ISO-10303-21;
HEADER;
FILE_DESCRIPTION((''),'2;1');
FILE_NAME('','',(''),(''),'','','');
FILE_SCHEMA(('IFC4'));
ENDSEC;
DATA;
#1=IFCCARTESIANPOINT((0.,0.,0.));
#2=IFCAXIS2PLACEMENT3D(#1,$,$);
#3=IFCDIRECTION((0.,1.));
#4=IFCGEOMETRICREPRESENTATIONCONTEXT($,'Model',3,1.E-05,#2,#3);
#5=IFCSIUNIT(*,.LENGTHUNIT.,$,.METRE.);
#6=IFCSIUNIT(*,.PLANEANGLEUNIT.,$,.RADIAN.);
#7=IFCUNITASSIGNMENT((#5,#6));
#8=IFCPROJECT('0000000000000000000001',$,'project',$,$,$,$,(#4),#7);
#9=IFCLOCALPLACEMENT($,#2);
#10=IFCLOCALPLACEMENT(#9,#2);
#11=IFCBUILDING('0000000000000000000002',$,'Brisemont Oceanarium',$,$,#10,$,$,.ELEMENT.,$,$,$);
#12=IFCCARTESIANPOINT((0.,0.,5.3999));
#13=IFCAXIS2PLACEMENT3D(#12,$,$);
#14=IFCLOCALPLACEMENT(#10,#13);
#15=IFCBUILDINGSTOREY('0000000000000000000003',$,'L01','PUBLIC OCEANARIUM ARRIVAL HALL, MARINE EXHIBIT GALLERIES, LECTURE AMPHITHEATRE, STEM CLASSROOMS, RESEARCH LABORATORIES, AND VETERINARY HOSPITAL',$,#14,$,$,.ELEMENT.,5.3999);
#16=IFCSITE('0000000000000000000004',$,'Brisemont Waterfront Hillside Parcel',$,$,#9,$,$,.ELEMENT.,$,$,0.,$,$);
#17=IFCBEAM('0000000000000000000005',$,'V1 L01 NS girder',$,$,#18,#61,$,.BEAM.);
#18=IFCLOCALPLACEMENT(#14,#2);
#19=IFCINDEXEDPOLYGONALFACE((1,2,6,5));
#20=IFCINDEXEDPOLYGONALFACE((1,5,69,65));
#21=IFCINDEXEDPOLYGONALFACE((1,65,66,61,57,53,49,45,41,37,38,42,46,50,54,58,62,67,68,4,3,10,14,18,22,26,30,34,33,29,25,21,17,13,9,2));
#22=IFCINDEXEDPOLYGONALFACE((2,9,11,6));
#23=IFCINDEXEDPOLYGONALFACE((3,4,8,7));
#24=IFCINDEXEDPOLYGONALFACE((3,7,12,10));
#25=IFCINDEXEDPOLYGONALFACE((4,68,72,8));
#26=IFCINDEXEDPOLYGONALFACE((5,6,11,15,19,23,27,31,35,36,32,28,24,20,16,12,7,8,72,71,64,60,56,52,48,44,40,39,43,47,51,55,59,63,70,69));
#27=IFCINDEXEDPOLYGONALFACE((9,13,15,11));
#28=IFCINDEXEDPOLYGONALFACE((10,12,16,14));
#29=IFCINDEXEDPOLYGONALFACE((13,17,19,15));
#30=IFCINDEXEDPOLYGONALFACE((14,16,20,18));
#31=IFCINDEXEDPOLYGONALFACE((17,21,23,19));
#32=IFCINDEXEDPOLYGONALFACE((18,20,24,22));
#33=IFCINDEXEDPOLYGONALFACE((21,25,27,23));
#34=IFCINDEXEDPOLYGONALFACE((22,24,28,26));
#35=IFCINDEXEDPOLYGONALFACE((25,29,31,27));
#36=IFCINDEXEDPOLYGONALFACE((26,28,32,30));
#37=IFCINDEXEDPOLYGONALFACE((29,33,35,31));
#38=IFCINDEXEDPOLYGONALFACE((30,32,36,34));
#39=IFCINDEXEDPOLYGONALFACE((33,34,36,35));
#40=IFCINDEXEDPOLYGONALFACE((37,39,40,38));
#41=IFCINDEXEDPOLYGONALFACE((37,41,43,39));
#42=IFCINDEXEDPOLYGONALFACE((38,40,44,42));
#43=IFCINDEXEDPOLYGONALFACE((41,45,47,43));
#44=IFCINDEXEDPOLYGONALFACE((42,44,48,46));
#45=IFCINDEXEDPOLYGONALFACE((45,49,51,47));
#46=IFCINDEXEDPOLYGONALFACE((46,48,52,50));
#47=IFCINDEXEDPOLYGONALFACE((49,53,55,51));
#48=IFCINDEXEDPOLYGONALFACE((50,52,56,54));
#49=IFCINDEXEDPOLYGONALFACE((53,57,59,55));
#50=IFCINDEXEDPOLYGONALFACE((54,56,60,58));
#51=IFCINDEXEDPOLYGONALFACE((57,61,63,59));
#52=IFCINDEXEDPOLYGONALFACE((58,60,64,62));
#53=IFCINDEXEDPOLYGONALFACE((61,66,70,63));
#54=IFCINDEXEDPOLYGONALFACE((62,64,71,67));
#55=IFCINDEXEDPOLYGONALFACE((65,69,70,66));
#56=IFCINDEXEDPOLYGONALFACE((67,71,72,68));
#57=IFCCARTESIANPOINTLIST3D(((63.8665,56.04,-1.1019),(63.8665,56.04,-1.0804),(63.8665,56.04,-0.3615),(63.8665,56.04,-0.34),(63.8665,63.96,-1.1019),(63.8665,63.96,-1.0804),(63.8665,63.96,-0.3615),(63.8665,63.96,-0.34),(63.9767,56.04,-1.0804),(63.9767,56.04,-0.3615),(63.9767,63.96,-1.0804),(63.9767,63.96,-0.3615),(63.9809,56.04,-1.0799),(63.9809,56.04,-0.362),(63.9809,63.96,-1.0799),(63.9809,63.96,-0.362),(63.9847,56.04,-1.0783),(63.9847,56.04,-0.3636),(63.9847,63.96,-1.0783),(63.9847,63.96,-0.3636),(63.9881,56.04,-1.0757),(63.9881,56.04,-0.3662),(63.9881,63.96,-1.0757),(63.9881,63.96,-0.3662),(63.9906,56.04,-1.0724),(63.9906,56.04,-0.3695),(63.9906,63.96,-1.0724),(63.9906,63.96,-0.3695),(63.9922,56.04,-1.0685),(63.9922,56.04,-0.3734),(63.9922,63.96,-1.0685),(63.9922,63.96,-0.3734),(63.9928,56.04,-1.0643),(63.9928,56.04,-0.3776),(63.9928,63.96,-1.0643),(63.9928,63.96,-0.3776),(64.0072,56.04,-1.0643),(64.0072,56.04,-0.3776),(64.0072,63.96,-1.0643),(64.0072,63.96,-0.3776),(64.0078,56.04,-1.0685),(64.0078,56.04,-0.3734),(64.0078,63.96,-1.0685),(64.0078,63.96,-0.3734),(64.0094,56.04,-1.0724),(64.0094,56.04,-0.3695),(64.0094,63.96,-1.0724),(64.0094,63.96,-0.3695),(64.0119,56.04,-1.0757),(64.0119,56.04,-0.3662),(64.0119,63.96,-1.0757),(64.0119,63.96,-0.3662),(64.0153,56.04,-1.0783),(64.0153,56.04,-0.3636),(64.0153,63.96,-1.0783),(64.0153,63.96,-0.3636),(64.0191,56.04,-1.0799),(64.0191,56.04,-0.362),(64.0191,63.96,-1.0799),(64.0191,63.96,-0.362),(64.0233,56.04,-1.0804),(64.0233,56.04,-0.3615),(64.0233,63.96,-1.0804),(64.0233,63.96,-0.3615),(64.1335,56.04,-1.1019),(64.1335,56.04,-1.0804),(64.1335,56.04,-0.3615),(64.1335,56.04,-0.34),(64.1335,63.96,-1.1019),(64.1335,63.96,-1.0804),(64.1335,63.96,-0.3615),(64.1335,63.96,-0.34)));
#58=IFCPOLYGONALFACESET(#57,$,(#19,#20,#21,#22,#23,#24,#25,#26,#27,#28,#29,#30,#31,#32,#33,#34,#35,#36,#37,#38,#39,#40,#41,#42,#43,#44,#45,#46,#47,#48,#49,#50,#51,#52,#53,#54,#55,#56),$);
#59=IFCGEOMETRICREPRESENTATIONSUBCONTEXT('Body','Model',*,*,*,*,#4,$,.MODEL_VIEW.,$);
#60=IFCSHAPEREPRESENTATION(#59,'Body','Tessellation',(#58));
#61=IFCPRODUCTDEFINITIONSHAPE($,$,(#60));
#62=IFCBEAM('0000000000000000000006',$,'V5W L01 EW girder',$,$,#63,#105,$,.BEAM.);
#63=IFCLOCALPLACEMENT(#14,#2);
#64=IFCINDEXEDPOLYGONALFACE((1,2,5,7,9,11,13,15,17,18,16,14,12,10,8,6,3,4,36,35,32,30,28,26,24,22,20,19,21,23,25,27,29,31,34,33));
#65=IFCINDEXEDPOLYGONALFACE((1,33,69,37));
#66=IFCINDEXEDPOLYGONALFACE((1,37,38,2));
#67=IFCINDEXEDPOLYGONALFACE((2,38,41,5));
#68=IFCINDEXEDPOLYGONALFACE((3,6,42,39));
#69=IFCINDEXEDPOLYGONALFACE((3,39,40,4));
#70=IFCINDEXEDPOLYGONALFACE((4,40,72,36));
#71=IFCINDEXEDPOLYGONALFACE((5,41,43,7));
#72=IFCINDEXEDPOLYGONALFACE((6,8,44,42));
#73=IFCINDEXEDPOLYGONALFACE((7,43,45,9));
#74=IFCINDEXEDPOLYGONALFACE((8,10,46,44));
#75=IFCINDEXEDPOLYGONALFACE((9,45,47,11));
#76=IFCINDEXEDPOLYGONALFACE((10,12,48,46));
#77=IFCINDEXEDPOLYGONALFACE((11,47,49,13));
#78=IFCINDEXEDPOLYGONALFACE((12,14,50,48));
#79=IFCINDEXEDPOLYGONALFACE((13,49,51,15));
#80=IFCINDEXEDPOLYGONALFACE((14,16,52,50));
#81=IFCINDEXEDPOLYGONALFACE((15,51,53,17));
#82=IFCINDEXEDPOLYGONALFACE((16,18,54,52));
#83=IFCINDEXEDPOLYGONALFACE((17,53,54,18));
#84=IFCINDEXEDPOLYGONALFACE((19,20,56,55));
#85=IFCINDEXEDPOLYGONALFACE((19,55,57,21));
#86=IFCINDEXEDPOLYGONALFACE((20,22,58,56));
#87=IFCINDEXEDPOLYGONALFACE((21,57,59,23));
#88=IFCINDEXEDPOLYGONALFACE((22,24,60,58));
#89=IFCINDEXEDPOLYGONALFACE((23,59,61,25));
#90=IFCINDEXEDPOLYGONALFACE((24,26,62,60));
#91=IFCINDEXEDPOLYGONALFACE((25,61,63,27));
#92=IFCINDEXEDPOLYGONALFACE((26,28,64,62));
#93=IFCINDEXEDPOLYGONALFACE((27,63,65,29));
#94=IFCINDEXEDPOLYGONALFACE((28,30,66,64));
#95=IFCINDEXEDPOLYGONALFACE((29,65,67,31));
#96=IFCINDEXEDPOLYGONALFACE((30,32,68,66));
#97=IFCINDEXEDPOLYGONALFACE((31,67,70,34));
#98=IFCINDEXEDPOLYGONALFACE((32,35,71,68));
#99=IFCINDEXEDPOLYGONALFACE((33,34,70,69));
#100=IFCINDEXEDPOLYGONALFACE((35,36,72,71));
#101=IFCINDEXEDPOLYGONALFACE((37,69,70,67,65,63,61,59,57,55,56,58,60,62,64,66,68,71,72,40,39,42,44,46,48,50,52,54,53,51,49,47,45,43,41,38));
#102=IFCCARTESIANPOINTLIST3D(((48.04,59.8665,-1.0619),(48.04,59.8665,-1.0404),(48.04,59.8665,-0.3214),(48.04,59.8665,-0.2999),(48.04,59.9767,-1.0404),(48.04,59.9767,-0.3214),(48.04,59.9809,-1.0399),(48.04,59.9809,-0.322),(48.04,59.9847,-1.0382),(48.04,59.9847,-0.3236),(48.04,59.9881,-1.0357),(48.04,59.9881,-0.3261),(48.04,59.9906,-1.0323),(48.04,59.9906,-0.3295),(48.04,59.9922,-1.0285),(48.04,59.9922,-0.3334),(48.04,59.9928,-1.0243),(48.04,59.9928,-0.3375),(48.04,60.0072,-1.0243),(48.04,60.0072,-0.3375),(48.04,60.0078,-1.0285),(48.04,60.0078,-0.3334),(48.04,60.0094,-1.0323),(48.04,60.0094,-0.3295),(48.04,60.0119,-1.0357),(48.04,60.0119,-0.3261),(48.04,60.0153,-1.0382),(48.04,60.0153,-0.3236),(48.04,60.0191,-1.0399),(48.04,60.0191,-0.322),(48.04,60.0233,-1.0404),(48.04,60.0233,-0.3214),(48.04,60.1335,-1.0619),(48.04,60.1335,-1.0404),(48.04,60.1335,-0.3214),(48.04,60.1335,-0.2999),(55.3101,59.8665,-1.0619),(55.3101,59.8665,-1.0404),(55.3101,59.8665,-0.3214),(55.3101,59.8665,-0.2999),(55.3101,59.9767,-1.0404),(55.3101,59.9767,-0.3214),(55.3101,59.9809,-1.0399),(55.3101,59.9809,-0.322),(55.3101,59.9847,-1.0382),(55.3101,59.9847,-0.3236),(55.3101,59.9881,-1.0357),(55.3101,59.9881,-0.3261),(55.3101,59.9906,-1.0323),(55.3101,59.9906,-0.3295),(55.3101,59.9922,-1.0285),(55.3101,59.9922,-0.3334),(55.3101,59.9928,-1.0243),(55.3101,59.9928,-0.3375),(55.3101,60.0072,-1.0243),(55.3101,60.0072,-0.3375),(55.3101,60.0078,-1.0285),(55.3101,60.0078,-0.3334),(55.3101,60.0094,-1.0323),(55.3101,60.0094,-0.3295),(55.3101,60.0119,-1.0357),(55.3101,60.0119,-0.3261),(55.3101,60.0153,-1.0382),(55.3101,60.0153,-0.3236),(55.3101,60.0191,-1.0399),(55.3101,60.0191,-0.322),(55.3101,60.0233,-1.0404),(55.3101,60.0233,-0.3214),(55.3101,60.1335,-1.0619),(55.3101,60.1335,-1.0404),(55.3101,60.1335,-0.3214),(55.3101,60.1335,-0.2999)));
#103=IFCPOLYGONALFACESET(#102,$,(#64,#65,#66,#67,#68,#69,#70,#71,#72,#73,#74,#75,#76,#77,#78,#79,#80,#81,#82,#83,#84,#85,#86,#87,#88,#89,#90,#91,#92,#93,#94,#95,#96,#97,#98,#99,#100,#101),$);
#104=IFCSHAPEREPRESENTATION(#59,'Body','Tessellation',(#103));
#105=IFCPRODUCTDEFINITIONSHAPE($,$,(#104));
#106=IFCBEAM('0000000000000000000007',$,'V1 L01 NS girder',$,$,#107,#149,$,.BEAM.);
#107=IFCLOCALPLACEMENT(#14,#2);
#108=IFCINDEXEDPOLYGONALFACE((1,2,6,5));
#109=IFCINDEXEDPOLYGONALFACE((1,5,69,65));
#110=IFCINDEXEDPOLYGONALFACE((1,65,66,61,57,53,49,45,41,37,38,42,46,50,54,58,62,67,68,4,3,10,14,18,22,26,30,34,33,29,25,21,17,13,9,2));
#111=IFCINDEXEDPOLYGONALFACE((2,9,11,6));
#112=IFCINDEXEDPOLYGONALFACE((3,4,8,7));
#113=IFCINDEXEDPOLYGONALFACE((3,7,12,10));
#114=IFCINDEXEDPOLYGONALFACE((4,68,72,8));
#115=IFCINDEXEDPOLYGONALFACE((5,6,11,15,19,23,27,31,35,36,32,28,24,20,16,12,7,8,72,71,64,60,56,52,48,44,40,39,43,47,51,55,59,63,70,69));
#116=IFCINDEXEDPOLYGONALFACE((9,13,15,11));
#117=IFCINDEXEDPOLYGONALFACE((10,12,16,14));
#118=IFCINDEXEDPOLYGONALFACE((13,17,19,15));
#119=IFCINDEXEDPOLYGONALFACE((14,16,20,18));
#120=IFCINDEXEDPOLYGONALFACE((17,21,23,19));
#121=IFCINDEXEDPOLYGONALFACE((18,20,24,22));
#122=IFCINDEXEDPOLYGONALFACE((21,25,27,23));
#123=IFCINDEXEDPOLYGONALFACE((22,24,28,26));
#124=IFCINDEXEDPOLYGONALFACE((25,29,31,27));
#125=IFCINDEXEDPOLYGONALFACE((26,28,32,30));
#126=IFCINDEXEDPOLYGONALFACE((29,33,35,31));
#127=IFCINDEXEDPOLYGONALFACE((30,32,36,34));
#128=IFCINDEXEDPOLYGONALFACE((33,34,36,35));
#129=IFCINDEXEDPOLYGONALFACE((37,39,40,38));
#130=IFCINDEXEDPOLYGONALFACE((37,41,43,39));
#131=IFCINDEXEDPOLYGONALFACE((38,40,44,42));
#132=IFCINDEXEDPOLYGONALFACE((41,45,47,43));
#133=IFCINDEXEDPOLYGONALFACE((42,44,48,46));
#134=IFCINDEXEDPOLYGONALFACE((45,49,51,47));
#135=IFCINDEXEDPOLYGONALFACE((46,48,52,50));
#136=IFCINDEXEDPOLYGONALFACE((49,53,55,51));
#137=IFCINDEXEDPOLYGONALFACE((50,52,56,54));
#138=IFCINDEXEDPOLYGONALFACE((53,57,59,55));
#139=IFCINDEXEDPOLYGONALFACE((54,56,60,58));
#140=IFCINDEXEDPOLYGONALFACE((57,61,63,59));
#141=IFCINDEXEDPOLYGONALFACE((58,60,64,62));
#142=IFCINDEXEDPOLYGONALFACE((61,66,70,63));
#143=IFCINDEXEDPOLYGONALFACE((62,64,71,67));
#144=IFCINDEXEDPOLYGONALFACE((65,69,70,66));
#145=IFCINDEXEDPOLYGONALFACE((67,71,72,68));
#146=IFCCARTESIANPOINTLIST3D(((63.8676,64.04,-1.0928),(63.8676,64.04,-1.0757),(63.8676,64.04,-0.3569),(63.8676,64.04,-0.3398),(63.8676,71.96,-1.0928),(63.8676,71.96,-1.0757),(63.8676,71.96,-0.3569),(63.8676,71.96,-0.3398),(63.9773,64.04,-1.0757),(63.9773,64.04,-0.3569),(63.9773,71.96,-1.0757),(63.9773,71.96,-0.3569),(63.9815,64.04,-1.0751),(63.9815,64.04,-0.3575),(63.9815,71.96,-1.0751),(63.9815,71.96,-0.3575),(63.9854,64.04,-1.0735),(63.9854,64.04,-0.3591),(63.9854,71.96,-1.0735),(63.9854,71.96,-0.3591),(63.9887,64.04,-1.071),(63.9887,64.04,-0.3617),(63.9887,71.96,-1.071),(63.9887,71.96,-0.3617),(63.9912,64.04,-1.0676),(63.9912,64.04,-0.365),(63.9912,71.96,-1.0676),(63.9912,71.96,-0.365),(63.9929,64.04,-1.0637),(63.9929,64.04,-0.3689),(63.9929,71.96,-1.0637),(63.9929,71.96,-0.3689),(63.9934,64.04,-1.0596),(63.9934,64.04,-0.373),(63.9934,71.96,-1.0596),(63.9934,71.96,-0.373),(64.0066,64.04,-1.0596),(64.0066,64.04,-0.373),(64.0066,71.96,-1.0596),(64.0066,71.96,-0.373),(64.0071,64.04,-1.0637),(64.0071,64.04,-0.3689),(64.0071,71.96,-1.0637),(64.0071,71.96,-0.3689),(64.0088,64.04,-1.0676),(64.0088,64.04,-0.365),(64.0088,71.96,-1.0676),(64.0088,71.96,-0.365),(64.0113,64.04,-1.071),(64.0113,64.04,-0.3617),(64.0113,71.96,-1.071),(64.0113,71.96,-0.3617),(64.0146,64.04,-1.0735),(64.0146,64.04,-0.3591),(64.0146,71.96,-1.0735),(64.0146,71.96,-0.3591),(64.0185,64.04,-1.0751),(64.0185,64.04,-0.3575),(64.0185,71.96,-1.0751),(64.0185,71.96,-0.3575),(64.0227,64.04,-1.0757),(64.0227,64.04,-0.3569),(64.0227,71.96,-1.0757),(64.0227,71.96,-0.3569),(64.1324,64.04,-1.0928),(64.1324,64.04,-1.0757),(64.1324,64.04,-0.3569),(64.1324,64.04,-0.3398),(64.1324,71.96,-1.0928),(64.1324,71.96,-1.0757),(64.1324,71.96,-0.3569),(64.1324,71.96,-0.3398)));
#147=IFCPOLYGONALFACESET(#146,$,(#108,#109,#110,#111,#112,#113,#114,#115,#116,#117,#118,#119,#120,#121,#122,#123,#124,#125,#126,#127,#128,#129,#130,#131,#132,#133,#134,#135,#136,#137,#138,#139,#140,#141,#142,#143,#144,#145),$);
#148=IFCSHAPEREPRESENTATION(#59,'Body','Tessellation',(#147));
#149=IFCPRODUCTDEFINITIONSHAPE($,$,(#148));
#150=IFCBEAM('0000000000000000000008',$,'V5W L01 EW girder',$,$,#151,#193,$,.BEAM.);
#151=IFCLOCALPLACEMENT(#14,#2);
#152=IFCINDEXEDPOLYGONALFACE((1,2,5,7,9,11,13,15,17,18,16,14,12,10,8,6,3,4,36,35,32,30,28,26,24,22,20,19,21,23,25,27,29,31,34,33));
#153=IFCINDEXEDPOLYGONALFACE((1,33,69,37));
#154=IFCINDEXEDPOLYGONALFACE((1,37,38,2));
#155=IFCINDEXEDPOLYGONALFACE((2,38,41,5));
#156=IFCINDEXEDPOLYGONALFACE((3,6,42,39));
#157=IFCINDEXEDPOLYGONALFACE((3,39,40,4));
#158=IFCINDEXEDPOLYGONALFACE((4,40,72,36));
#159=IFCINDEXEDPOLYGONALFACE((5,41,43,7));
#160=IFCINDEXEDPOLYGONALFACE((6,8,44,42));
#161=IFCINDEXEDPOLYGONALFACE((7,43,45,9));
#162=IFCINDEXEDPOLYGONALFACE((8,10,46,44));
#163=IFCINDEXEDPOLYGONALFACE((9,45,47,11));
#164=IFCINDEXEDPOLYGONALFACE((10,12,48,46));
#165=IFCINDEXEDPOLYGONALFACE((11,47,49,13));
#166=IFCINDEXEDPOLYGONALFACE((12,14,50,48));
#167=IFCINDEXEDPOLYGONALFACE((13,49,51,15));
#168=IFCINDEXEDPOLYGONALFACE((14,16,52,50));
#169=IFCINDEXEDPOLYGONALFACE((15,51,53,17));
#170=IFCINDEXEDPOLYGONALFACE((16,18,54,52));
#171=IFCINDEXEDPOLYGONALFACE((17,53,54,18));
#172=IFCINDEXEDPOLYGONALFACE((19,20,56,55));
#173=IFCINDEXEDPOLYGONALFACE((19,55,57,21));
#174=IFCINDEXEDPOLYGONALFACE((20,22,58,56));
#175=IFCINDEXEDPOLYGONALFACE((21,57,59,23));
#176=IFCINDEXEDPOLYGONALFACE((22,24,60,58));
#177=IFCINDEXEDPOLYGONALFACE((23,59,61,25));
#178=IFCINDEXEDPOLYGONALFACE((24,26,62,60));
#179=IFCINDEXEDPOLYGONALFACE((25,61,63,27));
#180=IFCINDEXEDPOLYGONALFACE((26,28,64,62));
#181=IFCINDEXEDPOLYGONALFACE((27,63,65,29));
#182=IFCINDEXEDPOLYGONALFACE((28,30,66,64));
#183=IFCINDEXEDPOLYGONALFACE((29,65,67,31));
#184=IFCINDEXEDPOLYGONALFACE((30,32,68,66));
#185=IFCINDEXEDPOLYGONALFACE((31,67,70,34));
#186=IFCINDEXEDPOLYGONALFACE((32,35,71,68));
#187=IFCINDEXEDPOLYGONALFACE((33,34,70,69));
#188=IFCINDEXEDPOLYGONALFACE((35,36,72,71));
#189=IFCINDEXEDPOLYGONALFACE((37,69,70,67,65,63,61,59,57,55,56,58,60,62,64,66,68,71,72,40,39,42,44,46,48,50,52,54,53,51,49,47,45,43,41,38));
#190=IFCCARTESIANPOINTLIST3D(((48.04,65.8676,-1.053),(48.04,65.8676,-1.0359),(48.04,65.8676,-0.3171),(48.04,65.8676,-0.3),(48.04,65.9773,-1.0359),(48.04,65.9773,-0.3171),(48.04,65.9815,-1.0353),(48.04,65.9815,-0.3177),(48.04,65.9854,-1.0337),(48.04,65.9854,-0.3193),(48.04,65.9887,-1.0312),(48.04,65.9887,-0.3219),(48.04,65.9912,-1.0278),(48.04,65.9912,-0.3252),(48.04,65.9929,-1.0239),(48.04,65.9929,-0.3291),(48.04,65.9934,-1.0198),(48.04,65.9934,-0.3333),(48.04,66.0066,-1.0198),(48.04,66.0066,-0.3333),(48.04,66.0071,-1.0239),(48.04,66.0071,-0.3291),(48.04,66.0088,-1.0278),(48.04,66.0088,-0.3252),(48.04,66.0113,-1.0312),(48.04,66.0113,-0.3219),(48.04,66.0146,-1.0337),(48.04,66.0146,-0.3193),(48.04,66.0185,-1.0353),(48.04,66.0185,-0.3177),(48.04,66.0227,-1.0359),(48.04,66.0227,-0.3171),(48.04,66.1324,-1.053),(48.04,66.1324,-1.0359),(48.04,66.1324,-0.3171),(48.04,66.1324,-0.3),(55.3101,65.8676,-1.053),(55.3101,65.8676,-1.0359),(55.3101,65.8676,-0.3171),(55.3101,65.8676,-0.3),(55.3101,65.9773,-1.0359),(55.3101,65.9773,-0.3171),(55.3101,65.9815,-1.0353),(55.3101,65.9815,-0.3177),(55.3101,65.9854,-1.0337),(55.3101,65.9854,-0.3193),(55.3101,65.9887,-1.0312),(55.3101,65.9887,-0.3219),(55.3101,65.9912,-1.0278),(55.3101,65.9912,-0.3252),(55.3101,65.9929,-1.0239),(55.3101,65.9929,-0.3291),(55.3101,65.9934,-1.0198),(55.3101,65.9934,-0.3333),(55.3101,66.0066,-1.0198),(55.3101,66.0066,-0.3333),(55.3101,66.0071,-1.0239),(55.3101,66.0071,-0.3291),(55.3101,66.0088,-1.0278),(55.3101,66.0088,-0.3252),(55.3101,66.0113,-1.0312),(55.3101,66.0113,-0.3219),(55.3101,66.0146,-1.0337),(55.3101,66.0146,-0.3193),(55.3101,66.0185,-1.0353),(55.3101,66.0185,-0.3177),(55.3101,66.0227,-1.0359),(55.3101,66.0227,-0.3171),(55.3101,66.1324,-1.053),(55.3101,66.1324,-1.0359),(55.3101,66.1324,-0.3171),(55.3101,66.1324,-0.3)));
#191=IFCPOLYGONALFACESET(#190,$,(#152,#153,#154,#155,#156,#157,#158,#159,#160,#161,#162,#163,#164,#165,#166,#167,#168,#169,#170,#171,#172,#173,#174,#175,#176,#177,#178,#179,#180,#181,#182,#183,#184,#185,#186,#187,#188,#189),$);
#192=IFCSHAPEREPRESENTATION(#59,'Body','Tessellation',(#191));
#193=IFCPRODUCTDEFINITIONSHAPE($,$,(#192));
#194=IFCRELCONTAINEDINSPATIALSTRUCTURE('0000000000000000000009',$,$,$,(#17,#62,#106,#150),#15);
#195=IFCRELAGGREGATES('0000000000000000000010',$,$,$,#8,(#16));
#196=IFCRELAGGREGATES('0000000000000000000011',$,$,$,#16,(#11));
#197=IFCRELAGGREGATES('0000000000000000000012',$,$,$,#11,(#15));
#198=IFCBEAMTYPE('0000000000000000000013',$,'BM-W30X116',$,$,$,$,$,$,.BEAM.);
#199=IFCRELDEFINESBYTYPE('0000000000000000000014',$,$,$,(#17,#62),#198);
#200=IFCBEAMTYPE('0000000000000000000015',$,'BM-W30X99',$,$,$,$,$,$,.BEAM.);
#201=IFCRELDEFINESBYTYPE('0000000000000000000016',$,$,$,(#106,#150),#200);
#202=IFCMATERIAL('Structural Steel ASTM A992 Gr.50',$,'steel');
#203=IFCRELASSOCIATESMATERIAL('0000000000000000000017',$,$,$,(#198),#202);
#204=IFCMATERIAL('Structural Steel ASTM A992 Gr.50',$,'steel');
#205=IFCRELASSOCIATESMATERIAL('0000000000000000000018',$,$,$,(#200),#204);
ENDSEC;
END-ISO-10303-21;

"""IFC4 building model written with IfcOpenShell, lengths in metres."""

from ifc_helpers import new_model, si_unit, direction, frame, origin, origin_2d, place, context, subcontext, project, spatial, i_section, extrude, material, material_profile, profile_set, type_object, element, save


model = new_model("IFC4")

# Units and contexts
model_context = context("Model", 3, precision=1e-05, world=origin(), true_north=direction((0.0, 1.0)))
body_context = subcontext(model_context, "Body", "Model", "MODEL_VIEW")
ifc_project = project(units=[si_unit("LENGTHUNIT", "METRE"), si_unit("PLANEANGLEUNIT", "RADIAN")], contexts=[model_context])

# Site, building, storey
site_placement = place(None, origin())
site = spatial("IfcSite", under=ifc_project, at=site_placement, Name="Brisemont Waterfront Hillside Parcel", CompositionType="ELEMENT", RefElevation=0.0)
building_placement = place(site_placement, origin())
building = spatial("IfcBuilding", under=site, at=building_placement, Name="Brisemont Oceanarium", CompositionType="ELEMENT")
storey_placement = place(building_placement, frame((0.0, 0.0, 5.3999)))
storey = spatial("IfcBuildingStorey", under=building, at=storey_placement, Name="L01", Description="PUBLIC OCEANARIUM ARRIVAL HALL, MARINE EXHIBIT GALLERIES, LECTURE AMPHITHEATRE, STEM CLASSROOMS, RESEARCH LABORATORIES, AND VETERINARY HOSPITAL", CompositionType="ELEMENT", Elevation=5.3999)

# Beams
ifc_material_1 = material(Name="Structural Steel ASTM A992 Gr.50", Category="steel")
ifc_material_profile_1 = material_profile(ifc_material_1, i_section(OverallWidth=0.2671, OverallDepth=0.762, WebThickness=0.0144, FlangeThickness=0.0215, FilletRadius=0.0161, at=origin_2d()), Name="W30X116")
ifc_profile_set_1 = profile_set([ifc_material_profile_1], Name="Structural Steel ASTM A992 Gr.50")
beam_type_1 = type_object("IfcBeamType", Name="BM-W30X116", PredefinedType="BEAM", material=ifc_profile_set_1)
beam_1_placement = place(storey_placement, frame((64.0, 56.04, -0.7209), z_axis=(0.0, 1.0, 0.0), x_axis=(-1.0, 0.0, 0.0)))
element("IfcBeam", 1, at=beam_1_placement, inside=storey, type_object=beam_type_1, Name="V1 L01 NS girder", PredefinedType="BEAM", context=body_context, shape_type="SweptSolid", body=[
    extrude(i_section(OverallWidth=0.2671, OverallDepth=0.762, WebThickness=0.0144, FlangeThickness=0.0215, FilletRadius=0.0161, at=origin_2d()), origin(), (0.0, 0.0, 1.0), 7.9199),
])
beam_2_placement = place(storey_placement, frame((48.04, 60.0, -0.6809), z_axis=(1.0, 0.0, 0.0), x_axis=(0.0, 1.0, 0.0)))
element("IfcBeam", 2, at=beam_2_placement, inside=storey, type_object=beam_type_1, Name="V5W L01 EW girder", PredefinedType="BEAM", context=body_context, shape_type="SweptSolid", body=[
    extrude(i_section(OverallWidth=0.2671, OverallDepth=0.762, WebThickness=0.0144, FlangeThickness=0.0215, FilletRadius=0.0161, at=origin_2d()), origin(), (0.0, 0.0, 1.0), 7.27),
])
ifc_material_2 = material(Name="Structural Steel ASTM A992 Gr.50", Category="steel")
ifc_material_profile_2 = material_profile(ifc_material_2, i_section(OverallWidth=0.2649, OverallDepth=0.7529, WebThickness=0.0132, FlangeThickness=0.0171, FilletRadius=0.0161, at=origin_2d()), Name="W30X99")
ifc_profile_set_2 = profile_set([ifc_material_profile_2], Name="Structural Steel ASTM A992 Gr.50")
beam_type_2 = type_object("IfcBeamType", Name="BM-W30X99", PredefinedType="BEAM", material=ifc_profile_set_2)
beam_3_placement = place(storey_placement, frame((64.0, 64.04, -0.7163), z_axis=(0.0, 1.0, 0.0), x_axis=(-1.0, 0.0, 0.0)))
element("IfcBeam", 3, at=beam_3_placement, inside=storey, type_object=beam_type_2, Name="V1 L01 NS girder", PredefinedType="BEAM", context=body_context, shape_type="SweptSolid", body=[
    extrude(i_section(OverallWidth=0.2649, OverallDepth=0.7529, WebThickness=0.0132, FlangeThickness=0.0171, FilletRadius=0.0161, at=origin_2d()), origin(), (0.0, 0.0, 1.0), 7.9199),
])
beam_4_placement = place(storey_placement, frame((48.04, 66.0, -0.6765), z_axis=(1.0, 0.0, 0.0), x_axis=(0.0, 1.0, 0.0)))
element("IfcBeam", 4, at=beam_4_placement, inside=storey, type_object=beam_type_2, Name="V5W L01 EW girder", PredefinedType="BEAM", context=body_context, shape_type="SweptSolid", body=[
    extrude(i_section(OverallWidth=0.2649, OverallDepth=0.7529, WebThickness=0.0132, FlangeThickness=0.0171, FilletRadius=0.0161, at=origin_2d()), origin(), (0.0, 0.0, 1.0), 7.27),
])

save(model, "model.ifc")
